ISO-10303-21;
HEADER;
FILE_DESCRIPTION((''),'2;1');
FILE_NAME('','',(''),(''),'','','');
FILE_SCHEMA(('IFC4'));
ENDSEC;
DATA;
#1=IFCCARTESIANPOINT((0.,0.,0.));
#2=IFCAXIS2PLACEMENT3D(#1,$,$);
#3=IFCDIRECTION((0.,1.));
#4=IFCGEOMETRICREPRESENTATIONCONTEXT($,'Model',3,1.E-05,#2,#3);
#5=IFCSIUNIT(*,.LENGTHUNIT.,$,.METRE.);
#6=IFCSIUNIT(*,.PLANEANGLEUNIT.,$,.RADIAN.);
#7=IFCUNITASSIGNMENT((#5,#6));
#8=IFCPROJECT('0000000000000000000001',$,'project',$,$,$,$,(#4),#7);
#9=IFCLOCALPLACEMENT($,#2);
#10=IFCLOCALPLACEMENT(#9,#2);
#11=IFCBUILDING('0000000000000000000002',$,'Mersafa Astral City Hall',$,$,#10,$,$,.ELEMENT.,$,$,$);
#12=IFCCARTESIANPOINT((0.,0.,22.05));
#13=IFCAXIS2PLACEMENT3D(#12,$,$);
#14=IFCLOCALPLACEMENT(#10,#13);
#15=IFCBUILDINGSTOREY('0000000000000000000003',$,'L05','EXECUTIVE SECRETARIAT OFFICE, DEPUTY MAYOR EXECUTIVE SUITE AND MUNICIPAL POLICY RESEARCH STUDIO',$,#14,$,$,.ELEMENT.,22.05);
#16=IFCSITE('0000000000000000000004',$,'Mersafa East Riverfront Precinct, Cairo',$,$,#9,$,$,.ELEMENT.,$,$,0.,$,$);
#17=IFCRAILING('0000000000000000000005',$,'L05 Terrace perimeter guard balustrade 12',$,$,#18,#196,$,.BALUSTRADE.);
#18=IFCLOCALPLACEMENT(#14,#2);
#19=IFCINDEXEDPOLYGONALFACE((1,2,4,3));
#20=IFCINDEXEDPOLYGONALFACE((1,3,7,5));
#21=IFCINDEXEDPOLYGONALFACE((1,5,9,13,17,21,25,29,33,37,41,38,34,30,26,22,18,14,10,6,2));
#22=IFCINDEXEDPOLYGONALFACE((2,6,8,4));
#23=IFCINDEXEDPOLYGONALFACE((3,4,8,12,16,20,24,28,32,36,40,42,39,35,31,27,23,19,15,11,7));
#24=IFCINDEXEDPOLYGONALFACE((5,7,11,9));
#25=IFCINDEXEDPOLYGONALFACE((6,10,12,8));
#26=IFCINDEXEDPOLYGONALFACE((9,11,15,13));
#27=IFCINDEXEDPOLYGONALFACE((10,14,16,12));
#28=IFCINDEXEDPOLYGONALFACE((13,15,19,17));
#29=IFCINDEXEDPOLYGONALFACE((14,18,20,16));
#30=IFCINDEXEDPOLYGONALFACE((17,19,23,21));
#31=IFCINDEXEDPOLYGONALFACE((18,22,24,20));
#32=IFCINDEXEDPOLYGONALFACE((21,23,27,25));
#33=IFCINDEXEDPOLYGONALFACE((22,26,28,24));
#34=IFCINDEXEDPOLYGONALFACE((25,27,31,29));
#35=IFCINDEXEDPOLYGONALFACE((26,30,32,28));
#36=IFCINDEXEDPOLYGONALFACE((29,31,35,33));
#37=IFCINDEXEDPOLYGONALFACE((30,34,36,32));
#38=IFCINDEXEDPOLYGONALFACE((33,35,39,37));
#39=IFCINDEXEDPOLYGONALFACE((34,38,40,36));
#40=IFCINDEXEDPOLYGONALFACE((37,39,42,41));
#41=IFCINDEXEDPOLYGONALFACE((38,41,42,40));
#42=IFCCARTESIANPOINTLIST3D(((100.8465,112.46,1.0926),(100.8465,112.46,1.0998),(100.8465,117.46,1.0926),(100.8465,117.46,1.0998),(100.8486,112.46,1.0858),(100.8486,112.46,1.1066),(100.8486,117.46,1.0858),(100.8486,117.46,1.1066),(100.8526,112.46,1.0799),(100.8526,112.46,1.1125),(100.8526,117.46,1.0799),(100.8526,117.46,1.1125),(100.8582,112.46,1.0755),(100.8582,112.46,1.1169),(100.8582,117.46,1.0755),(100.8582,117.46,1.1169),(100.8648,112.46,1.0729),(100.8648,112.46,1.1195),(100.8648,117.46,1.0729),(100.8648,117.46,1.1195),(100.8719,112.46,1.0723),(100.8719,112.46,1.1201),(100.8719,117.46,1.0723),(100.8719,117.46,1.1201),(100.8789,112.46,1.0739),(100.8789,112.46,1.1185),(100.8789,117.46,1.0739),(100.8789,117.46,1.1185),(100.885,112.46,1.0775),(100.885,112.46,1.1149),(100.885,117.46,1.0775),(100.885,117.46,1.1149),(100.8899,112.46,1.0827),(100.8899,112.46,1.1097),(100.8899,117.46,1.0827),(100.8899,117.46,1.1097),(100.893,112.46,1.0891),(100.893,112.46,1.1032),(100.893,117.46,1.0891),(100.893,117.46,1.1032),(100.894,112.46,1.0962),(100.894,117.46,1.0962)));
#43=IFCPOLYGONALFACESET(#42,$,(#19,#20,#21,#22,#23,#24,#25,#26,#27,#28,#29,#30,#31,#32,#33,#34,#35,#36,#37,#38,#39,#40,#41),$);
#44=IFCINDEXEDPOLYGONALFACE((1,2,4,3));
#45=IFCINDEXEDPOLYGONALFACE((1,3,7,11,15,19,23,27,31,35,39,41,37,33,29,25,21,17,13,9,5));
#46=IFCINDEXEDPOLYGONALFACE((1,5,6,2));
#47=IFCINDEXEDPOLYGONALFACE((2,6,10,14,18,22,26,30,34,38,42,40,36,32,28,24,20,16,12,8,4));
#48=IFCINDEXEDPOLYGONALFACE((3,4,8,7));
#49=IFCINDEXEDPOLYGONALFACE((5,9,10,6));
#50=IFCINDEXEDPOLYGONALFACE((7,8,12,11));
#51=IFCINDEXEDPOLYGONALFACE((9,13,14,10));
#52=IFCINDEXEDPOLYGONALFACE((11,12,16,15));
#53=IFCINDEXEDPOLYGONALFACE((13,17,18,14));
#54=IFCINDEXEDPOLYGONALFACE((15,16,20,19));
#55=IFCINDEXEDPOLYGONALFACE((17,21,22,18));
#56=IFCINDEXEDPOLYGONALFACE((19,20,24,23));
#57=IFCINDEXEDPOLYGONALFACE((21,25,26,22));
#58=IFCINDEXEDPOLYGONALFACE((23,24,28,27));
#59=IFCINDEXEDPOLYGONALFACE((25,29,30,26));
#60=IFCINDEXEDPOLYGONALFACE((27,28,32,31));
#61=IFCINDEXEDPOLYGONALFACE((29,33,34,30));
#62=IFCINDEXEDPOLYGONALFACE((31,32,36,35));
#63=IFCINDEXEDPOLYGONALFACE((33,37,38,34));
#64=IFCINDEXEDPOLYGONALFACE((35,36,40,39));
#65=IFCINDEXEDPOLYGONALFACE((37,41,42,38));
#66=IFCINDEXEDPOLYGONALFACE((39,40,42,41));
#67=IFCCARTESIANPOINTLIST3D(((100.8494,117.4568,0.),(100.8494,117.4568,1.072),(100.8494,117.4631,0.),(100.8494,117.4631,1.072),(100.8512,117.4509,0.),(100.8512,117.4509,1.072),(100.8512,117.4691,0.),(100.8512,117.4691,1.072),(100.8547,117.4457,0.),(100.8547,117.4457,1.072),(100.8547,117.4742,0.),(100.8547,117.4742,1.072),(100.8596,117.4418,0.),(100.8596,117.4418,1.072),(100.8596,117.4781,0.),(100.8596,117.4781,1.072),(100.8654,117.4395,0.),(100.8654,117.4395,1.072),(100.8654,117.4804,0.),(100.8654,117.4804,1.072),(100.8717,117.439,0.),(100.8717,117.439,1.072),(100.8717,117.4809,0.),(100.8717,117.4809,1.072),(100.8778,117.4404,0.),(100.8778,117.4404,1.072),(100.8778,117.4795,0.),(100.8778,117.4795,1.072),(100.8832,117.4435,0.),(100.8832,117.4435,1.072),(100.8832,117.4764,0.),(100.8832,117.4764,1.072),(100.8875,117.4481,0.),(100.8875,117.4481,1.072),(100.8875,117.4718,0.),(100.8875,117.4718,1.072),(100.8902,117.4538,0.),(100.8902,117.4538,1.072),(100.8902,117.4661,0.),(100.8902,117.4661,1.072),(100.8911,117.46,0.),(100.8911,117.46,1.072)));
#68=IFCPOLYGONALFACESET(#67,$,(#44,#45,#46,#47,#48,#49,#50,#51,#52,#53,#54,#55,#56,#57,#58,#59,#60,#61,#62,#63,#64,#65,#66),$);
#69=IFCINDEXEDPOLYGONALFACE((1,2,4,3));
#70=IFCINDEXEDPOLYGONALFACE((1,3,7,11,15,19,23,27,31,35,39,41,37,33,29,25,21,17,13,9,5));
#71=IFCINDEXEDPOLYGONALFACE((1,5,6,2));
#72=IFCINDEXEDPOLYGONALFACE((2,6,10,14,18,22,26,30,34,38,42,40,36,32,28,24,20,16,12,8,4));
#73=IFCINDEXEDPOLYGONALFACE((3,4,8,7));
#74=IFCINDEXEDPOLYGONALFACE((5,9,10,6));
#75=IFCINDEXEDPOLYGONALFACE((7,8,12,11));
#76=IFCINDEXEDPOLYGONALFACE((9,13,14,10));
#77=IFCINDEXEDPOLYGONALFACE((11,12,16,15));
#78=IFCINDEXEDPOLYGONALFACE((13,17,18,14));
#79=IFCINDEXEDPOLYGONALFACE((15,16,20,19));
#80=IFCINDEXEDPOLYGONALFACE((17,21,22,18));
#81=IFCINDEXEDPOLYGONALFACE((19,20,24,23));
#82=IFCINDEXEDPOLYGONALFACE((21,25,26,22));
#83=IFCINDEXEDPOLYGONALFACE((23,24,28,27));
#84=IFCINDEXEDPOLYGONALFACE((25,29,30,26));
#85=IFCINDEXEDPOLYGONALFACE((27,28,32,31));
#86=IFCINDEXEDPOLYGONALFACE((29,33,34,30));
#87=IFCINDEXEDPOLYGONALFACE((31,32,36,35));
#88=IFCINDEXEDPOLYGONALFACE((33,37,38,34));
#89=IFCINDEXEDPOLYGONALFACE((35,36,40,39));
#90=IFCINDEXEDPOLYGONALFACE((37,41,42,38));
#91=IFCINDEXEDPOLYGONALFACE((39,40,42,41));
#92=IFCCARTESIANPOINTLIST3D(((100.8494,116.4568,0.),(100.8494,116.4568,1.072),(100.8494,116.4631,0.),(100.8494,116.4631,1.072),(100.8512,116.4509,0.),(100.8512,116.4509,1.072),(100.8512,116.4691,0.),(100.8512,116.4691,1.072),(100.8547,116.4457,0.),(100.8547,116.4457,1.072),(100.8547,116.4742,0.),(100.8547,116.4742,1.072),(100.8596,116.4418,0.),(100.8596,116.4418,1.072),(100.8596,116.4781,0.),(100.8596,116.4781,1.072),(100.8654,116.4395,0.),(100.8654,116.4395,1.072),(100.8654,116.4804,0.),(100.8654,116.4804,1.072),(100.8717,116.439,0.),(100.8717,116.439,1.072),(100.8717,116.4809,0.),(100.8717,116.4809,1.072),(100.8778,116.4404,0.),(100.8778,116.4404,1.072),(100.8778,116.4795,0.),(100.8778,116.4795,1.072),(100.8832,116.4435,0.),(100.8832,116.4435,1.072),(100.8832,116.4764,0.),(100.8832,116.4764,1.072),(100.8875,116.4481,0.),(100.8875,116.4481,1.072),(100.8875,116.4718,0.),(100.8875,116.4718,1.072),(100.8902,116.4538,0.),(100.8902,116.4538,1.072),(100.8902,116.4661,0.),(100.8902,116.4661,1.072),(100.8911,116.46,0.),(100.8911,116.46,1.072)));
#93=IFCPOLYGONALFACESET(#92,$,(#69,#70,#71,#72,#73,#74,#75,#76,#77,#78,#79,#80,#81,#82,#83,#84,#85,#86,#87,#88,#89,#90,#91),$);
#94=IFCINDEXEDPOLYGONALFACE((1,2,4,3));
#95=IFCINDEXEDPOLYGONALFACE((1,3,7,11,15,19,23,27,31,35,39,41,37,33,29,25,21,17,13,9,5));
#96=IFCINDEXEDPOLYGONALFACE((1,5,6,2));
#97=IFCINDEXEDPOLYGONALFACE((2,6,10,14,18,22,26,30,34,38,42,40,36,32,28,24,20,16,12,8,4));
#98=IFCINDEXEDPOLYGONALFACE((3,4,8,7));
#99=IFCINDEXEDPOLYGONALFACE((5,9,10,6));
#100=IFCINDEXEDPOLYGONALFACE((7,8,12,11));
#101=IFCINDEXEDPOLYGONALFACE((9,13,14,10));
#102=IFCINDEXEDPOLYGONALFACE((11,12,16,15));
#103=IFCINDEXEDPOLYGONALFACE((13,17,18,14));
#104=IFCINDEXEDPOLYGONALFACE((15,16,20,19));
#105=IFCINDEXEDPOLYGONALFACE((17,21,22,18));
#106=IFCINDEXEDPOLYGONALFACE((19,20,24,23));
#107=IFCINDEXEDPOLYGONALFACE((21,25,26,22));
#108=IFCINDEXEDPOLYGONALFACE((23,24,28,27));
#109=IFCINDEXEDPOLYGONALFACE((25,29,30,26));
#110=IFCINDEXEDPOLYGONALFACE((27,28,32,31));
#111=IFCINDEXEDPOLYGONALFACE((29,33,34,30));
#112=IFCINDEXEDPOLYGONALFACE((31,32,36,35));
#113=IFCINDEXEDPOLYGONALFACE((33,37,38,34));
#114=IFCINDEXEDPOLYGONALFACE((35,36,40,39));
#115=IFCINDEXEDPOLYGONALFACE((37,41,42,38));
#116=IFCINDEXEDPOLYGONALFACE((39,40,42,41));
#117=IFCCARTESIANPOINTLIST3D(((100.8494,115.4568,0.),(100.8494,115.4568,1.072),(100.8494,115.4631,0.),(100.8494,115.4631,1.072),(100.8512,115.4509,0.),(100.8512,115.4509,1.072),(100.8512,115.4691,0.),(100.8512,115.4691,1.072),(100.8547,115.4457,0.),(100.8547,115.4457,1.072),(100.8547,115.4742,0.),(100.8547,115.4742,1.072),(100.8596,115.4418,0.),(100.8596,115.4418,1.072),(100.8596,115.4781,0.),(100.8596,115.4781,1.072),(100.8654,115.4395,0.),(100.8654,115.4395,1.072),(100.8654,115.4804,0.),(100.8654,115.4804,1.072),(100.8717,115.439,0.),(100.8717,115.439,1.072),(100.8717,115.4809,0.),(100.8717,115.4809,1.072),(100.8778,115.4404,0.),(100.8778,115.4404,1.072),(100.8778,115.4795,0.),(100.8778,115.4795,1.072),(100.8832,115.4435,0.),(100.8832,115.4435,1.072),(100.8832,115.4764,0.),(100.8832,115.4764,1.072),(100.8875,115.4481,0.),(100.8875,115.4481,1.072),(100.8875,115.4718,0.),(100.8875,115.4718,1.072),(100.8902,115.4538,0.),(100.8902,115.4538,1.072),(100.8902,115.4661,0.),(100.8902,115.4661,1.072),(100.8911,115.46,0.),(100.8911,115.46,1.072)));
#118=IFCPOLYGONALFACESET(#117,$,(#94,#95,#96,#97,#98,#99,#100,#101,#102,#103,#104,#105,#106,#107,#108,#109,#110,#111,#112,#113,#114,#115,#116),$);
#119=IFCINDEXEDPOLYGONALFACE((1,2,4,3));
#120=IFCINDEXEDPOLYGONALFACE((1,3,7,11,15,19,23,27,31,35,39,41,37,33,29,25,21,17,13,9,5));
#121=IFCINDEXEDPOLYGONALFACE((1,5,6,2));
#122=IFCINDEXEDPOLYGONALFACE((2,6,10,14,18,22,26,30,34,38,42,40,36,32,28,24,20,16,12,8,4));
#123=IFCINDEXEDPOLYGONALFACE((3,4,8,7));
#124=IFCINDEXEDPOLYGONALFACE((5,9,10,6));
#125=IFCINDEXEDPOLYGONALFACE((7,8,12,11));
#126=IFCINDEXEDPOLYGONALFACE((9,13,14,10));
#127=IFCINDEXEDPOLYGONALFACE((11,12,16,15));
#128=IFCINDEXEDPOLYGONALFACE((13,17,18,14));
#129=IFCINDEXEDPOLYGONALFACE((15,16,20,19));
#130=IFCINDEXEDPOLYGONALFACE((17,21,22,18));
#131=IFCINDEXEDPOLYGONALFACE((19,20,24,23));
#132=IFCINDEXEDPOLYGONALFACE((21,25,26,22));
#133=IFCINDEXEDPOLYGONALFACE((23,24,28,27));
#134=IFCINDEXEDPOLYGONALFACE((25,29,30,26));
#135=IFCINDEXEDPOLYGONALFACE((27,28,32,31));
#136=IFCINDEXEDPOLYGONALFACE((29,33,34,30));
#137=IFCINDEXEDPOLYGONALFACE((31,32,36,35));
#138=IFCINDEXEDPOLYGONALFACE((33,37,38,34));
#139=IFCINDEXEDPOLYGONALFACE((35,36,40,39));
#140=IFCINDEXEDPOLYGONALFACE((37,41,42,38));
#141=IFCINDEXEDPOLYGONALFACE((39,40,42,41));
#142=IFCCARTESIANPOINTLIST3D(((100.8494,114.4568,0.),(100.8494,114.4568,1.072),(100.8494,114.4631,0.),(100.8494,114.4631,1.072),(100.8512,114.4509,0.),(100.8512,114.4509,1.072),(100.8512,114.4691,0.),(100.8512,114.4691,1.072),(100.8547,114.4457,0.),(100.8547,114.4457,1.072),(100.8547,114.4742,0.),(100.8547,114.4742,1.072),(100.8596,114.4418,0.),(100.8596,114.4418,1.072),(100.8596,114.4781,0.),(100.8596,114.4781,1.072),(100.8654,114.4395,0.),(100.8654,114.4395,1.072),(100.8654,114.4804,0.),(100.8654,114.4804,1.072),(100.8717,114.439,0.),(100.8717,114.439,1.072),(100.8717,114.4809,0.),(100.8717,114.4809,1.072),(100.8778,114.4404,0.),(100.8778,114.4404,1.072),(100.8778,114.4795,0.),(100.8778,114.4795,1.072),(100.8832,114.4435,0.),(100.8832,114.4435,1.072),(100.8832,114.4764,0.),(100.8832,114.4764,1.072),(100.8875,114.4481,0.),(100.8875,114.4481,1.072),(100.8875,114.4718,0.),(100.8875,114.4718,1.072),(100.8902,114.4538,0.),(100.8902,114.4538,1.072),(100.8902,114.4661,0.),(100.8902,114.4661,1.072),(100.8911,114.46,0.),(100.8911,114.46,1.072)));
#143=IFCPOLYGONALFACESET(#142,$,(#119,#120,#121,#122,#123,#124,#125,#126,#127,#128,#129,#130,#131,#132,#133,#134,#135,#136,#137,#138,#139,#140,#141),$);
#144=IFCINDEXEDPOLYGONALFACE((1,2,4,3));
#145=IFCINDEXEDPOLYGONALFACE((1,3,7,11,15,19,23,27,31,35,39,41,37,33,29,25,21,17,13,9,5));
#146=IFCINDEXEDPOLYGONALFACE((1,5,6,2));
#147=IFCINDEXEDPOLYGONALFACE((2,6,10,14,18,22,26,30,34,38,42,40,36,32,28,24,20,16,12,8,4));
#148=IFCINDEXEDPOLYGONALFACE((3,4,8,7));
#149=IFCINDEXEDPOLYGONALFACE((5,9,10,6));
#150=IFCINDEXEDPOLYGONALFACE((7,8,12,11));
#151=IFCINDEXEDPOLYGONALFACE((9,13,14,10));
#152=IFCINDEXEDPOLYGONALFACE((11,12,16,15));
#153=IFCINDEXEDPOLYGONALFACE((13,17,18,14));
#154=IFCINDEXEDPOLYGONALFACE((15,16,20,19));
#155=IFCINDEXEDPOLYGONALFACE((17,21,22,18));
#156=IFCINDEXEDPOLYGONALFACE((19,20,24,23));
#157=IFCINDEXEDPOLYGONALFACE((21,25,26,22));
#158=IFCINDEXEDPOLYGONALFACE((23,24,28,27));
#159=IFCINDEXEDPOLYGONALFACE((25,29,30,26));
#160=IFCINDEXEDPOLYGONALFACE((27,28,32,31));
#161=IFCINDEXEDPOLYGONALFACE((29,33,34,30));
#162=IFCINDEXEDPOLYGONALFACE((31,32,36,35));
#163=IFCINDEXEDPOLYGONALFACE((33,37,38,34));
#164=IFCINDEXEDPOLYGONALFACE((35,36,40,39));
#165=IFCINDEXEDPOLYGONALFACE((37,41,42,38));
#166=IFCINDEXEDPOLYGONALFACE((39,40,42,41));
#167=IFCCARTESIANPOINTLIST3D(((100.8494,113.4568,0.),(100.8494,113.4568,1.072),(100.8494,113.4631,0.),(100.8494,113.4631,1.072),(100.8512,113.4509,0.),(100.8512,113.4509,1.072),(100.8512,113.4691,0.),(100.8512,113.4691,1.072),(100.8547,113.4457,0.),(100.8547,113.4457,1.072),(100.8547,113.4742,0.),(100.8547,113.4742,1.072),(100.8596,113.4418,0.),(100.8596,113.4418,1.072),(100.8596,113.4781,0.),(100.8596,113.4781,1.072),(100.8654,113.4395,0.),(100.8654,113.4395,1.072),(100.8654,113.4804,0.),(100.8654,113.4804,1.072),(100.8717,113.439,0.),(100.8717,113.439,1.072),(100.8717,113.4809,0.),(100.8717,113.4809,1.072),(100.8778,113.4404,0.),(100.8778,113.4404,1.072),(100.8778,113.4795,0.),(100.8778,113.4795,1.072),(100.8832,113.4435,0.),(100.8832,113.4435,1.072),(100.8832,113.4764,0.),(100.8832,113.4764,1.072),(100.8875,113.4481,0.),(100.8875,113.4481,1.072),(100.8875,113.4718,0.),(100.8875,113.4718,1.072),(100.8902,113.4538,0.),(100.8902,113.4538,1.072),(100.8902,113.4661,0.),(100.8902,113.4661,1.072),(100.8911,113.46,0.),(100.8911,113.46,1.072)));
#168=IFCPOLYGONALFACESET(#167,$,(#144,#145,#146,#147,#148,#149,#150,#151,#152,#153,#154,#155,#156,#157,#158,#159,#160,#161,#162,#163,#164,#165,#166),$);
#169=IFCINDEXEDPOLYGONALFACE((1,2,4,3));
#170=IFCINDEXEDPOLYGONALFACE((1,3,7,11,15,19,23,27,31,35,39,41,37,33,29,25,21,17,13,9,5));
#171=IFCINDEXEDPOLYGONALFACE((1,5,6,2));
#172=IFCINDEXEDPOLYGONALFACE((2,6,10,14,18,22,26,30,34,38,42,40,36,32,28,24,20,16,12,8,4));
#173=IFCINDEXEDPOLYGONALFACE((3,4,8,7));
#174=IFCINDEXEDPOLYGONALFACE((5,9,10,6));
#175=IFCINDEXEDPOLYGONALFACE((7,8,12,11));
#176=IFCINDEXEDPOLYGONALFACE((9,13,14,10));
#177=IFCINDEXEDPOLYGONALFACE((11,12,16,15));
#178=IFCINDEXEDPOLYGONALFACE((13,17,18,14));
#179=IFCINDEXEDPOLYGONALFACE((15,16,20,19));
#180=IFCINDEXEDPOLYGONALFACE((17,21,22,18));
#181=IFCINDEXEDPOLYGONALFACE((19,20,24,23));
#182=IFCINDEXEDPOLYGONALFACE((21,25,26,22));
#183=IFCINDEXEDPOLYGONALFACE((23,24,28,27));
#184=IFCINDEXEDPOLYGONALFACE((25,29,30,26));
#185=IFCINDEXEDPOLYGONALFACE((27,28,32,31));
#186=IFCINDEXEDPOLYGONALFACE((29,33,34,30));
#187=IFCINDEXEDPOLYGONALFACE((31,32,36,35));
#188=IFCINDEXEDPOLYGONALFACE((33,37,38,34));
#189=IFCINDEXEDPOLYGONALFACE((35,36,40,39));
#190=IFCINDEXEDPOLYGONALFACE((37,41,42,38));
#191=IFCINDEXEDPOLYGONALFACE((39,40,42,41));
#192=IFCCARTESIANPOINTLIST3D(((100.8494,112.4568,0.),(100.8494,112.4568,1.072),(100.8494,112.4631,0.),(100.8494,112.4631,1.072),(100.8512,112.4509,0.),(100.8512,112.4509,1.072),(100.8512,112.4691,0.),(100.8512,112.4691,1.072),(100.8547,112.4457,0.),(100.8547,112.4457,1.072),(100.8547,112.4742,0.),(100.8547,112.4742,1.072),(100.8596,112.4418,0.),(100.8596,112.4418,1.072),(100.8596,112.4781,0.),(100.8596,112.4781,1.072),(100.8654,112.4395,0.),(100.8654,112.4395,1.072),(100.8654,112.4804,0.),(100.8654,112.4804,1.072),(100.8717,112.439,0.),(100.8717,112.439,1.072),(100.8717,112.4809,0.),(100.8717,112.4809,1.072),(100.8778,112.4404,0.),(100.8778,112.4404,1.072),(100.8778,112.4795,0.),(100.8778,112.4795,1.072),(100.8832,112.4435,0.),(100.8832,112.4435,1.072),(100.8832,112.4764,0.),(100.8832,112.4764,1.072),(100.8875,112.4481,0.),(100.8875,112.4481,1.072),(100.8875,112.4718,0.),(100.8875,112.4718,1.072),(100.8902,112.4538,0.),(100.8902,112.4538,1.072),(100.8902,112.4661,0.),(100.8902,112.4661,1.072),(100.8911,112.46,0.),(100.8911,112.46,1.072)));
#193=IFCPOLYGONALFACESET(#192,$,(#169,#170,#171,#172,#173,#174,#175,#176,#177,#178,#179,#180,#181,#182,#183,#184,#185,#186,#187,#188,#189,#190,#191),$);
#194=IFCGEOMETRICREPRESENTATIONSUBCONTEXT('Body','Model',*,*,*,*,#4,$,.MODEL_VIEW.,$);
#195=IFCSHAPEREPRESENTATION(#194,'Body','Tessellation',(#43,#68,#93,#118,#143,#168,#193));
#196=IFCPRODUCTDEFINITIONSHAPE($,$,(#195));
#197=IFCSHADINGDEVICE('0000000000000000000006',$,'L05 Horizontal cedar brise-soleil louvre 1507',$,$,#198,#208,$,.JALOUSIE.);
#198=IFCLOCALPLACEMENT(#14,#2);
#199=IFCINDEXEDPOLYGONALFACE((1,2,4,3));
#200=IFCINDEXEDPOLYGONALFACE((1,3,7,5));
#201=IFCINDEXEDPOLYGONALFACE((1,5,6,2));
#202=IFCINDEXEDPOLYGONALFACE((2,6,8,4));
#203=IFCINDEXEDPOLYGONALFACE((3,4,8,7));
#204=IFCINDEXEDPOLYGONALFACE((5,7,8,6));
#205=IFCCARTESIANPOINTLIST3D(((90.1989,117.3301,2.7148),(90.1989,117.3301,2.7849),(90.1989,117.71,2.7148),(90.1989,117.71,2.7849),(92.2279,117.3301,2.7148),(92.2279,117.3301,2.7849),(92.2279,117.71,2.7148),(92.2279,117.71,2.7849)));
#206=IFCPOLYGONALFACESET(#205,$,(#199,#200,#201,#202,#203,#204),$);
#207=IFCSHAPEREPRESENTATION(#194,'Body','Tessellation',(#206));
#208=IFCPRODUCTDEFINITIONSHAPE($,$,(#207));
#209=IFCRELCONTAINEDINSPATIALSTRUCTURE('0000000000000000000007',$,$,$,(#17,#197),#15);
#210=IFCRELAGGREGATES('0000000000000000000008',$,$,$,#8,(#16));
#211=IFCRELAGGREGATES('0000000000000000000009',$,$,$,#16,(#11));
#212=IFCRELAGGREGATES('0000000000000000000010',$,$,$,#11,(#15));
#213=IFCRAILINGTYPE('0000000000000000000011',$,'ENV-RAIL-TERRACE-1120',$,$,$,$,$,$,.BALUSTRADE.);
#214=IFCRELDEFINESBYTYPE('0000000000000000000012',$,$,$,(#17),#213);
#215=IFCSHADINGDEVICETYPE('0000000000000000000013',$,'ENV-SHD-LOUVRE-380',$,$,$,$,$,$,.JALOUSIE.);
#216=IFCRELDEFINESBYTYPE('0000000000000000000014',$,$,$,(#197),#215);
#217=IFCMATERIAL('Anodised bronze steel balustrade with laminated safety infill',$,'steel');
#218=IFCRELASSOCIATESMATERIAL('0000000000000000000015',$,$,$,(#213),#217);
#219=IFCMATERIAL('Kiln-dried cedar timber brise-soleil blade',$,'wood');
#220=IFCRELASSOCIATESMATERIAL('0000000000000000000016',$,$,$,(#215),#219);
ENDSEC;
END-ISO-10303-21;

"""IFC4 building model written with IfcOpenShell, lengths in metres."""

from ifc_helpers import new_model, si_unit, direction, frame, origin, origin_2d, place, context, subcontext, project, spatial, rectangle, circle, extrude, material, type_object, element, save


model = new_model("IFC4")

# Units and contexts
model_context = context("Model", 3, precision=1e-05, world=origin(), true_north=direction((0.0, 1.0)))
body_context = subcontext(model_context, "Body", "Model", "MODEL_VIEW")
ifc_project = project(units=[si_unit("LENGTHUNIT", "METRE"), si_unit("PLANEANGLEUNIT", "RADIAN")], contexts=[model_context])

# Site, building, storey
site_placement = place(None, origin())
site = spatial("IfcSite", under=ifc_project, at=site_placement, Name="Mersafa East Riverfront Precinct, Cairo", CompositionType="ELEMENT", RefElevation=0.0)
building_placement = place(site_placement, origin())
building = spatial("IfcBuilding", under=site, at=building_placement, Name="Mersafa Astral City Hall", CompositionType="ELEMENT")
storey_placement = place(building_placement, frame((0.0, 0.0, 22.05)))
storey = spatial("IfcBuildingStorey", under=building, at=storey_placement, Name="L05", Description="EXECUTIVE SECRETARIAT OFFICE, DEPUTY MAYOR EXECUTIVE SUITE AND MUNICIPAL POLICY RESEARCH STUDIO", CompositionType="ELEMENT", Elevation=22.05)

# Railing
ifc_material_1 = material(Name="Anodised bronze steel balustrade with laminated safety infill", Category="steel")
railing_type = type_object("IfcRailingType", Name="ENV-RAIL-TERRACE-1120", PredefinedType="BALUSTRADE", material=ifc_material_1)
railing_1_placement = place(storey_placement, frame((100.8701, 117.46, 0.0)))
element("IfcRailing", 1, at=railing_1_placement, inside=storey, type_object=railing_type, Name="L05 Terrace perimeter guard balustrade 12", PredefinedType="BALUSTRADE", context=body_context, shape_type="SweptSolid", body=[
    extrude(circle(Radius=0.0239, at=origin_2d()), frame((0.0, 0.0, 1.0962), z_axis=(0.0, -1.0, 0.0), x_axis=(1.0, 0.0, 0.0)), (0.0, 0.0, 1.0), 5.0),
    extrude(circle(Radius=0.021, at=origin_2d()), origin(), (0.0, 0.0, 1.0), 1.072),
    extrude(circle(Radius=0.021, at=origin_2d()), frame((0.0, -1.0, 0.0)), (0.0, 0.0, 1.0), 1.072),
    extrude(circle(Radius=0.021, at=origin_2d()), frame((0.0, -2.0, 0.0)), (0.0, 0.0, 1.0), 1.072),
    extrude(circle(Radius=0.021, at=origin_2d()), frame((0.0, -3.0, 0.0)), (0.0, 0.0, 1.0), 1.072),
    extrude(circle(Radius=0.021, at=origin_2d()), frame((0.0, -4.0, 0.0)), (0.0, 0.0, 1.0), 1.072),
    extrude(circle(Radius=0.021, at=origin_2d()), frame((0.0, -5.0, 0.0)), (0.0, 0.0, 1.0), 1.072),
])

# Shading device
ifc_material_2 = material(Name="Kiln-dried cedar timber brise-soleil blade", Category="wood")
shading_device_type_1 = type_object("IfcShadingDeviceType", Name="ENV-SHD-LOUVRE-380", PredefinedType="JALOUSIE", material=ifc_material_2)
shading_device_1_placement = place(storey_placement, frame((91.2134, 117.52, 2.7148), z_axis=(0.0, 0.0, 1.0), x_axis=(1.0, 0.0, 0.0)))
element("IfcShadingDevice", 2, at=shading_device_1_placement, inside=storey, type_object=shading_device_type_1, Name="L05 Horizontal cedar brise-soleil louvre 1507", PredefinedType="JALOUSIE", context=body_context, shape_type="SweptSolid", body=[
    extrude(rectangle(XDim=2.0291, YDim=0.3799, at=origin_2d()), origin(), (0.0, 0.0, 1.0), 0.0701),
])

save(model, "model.ifc")
